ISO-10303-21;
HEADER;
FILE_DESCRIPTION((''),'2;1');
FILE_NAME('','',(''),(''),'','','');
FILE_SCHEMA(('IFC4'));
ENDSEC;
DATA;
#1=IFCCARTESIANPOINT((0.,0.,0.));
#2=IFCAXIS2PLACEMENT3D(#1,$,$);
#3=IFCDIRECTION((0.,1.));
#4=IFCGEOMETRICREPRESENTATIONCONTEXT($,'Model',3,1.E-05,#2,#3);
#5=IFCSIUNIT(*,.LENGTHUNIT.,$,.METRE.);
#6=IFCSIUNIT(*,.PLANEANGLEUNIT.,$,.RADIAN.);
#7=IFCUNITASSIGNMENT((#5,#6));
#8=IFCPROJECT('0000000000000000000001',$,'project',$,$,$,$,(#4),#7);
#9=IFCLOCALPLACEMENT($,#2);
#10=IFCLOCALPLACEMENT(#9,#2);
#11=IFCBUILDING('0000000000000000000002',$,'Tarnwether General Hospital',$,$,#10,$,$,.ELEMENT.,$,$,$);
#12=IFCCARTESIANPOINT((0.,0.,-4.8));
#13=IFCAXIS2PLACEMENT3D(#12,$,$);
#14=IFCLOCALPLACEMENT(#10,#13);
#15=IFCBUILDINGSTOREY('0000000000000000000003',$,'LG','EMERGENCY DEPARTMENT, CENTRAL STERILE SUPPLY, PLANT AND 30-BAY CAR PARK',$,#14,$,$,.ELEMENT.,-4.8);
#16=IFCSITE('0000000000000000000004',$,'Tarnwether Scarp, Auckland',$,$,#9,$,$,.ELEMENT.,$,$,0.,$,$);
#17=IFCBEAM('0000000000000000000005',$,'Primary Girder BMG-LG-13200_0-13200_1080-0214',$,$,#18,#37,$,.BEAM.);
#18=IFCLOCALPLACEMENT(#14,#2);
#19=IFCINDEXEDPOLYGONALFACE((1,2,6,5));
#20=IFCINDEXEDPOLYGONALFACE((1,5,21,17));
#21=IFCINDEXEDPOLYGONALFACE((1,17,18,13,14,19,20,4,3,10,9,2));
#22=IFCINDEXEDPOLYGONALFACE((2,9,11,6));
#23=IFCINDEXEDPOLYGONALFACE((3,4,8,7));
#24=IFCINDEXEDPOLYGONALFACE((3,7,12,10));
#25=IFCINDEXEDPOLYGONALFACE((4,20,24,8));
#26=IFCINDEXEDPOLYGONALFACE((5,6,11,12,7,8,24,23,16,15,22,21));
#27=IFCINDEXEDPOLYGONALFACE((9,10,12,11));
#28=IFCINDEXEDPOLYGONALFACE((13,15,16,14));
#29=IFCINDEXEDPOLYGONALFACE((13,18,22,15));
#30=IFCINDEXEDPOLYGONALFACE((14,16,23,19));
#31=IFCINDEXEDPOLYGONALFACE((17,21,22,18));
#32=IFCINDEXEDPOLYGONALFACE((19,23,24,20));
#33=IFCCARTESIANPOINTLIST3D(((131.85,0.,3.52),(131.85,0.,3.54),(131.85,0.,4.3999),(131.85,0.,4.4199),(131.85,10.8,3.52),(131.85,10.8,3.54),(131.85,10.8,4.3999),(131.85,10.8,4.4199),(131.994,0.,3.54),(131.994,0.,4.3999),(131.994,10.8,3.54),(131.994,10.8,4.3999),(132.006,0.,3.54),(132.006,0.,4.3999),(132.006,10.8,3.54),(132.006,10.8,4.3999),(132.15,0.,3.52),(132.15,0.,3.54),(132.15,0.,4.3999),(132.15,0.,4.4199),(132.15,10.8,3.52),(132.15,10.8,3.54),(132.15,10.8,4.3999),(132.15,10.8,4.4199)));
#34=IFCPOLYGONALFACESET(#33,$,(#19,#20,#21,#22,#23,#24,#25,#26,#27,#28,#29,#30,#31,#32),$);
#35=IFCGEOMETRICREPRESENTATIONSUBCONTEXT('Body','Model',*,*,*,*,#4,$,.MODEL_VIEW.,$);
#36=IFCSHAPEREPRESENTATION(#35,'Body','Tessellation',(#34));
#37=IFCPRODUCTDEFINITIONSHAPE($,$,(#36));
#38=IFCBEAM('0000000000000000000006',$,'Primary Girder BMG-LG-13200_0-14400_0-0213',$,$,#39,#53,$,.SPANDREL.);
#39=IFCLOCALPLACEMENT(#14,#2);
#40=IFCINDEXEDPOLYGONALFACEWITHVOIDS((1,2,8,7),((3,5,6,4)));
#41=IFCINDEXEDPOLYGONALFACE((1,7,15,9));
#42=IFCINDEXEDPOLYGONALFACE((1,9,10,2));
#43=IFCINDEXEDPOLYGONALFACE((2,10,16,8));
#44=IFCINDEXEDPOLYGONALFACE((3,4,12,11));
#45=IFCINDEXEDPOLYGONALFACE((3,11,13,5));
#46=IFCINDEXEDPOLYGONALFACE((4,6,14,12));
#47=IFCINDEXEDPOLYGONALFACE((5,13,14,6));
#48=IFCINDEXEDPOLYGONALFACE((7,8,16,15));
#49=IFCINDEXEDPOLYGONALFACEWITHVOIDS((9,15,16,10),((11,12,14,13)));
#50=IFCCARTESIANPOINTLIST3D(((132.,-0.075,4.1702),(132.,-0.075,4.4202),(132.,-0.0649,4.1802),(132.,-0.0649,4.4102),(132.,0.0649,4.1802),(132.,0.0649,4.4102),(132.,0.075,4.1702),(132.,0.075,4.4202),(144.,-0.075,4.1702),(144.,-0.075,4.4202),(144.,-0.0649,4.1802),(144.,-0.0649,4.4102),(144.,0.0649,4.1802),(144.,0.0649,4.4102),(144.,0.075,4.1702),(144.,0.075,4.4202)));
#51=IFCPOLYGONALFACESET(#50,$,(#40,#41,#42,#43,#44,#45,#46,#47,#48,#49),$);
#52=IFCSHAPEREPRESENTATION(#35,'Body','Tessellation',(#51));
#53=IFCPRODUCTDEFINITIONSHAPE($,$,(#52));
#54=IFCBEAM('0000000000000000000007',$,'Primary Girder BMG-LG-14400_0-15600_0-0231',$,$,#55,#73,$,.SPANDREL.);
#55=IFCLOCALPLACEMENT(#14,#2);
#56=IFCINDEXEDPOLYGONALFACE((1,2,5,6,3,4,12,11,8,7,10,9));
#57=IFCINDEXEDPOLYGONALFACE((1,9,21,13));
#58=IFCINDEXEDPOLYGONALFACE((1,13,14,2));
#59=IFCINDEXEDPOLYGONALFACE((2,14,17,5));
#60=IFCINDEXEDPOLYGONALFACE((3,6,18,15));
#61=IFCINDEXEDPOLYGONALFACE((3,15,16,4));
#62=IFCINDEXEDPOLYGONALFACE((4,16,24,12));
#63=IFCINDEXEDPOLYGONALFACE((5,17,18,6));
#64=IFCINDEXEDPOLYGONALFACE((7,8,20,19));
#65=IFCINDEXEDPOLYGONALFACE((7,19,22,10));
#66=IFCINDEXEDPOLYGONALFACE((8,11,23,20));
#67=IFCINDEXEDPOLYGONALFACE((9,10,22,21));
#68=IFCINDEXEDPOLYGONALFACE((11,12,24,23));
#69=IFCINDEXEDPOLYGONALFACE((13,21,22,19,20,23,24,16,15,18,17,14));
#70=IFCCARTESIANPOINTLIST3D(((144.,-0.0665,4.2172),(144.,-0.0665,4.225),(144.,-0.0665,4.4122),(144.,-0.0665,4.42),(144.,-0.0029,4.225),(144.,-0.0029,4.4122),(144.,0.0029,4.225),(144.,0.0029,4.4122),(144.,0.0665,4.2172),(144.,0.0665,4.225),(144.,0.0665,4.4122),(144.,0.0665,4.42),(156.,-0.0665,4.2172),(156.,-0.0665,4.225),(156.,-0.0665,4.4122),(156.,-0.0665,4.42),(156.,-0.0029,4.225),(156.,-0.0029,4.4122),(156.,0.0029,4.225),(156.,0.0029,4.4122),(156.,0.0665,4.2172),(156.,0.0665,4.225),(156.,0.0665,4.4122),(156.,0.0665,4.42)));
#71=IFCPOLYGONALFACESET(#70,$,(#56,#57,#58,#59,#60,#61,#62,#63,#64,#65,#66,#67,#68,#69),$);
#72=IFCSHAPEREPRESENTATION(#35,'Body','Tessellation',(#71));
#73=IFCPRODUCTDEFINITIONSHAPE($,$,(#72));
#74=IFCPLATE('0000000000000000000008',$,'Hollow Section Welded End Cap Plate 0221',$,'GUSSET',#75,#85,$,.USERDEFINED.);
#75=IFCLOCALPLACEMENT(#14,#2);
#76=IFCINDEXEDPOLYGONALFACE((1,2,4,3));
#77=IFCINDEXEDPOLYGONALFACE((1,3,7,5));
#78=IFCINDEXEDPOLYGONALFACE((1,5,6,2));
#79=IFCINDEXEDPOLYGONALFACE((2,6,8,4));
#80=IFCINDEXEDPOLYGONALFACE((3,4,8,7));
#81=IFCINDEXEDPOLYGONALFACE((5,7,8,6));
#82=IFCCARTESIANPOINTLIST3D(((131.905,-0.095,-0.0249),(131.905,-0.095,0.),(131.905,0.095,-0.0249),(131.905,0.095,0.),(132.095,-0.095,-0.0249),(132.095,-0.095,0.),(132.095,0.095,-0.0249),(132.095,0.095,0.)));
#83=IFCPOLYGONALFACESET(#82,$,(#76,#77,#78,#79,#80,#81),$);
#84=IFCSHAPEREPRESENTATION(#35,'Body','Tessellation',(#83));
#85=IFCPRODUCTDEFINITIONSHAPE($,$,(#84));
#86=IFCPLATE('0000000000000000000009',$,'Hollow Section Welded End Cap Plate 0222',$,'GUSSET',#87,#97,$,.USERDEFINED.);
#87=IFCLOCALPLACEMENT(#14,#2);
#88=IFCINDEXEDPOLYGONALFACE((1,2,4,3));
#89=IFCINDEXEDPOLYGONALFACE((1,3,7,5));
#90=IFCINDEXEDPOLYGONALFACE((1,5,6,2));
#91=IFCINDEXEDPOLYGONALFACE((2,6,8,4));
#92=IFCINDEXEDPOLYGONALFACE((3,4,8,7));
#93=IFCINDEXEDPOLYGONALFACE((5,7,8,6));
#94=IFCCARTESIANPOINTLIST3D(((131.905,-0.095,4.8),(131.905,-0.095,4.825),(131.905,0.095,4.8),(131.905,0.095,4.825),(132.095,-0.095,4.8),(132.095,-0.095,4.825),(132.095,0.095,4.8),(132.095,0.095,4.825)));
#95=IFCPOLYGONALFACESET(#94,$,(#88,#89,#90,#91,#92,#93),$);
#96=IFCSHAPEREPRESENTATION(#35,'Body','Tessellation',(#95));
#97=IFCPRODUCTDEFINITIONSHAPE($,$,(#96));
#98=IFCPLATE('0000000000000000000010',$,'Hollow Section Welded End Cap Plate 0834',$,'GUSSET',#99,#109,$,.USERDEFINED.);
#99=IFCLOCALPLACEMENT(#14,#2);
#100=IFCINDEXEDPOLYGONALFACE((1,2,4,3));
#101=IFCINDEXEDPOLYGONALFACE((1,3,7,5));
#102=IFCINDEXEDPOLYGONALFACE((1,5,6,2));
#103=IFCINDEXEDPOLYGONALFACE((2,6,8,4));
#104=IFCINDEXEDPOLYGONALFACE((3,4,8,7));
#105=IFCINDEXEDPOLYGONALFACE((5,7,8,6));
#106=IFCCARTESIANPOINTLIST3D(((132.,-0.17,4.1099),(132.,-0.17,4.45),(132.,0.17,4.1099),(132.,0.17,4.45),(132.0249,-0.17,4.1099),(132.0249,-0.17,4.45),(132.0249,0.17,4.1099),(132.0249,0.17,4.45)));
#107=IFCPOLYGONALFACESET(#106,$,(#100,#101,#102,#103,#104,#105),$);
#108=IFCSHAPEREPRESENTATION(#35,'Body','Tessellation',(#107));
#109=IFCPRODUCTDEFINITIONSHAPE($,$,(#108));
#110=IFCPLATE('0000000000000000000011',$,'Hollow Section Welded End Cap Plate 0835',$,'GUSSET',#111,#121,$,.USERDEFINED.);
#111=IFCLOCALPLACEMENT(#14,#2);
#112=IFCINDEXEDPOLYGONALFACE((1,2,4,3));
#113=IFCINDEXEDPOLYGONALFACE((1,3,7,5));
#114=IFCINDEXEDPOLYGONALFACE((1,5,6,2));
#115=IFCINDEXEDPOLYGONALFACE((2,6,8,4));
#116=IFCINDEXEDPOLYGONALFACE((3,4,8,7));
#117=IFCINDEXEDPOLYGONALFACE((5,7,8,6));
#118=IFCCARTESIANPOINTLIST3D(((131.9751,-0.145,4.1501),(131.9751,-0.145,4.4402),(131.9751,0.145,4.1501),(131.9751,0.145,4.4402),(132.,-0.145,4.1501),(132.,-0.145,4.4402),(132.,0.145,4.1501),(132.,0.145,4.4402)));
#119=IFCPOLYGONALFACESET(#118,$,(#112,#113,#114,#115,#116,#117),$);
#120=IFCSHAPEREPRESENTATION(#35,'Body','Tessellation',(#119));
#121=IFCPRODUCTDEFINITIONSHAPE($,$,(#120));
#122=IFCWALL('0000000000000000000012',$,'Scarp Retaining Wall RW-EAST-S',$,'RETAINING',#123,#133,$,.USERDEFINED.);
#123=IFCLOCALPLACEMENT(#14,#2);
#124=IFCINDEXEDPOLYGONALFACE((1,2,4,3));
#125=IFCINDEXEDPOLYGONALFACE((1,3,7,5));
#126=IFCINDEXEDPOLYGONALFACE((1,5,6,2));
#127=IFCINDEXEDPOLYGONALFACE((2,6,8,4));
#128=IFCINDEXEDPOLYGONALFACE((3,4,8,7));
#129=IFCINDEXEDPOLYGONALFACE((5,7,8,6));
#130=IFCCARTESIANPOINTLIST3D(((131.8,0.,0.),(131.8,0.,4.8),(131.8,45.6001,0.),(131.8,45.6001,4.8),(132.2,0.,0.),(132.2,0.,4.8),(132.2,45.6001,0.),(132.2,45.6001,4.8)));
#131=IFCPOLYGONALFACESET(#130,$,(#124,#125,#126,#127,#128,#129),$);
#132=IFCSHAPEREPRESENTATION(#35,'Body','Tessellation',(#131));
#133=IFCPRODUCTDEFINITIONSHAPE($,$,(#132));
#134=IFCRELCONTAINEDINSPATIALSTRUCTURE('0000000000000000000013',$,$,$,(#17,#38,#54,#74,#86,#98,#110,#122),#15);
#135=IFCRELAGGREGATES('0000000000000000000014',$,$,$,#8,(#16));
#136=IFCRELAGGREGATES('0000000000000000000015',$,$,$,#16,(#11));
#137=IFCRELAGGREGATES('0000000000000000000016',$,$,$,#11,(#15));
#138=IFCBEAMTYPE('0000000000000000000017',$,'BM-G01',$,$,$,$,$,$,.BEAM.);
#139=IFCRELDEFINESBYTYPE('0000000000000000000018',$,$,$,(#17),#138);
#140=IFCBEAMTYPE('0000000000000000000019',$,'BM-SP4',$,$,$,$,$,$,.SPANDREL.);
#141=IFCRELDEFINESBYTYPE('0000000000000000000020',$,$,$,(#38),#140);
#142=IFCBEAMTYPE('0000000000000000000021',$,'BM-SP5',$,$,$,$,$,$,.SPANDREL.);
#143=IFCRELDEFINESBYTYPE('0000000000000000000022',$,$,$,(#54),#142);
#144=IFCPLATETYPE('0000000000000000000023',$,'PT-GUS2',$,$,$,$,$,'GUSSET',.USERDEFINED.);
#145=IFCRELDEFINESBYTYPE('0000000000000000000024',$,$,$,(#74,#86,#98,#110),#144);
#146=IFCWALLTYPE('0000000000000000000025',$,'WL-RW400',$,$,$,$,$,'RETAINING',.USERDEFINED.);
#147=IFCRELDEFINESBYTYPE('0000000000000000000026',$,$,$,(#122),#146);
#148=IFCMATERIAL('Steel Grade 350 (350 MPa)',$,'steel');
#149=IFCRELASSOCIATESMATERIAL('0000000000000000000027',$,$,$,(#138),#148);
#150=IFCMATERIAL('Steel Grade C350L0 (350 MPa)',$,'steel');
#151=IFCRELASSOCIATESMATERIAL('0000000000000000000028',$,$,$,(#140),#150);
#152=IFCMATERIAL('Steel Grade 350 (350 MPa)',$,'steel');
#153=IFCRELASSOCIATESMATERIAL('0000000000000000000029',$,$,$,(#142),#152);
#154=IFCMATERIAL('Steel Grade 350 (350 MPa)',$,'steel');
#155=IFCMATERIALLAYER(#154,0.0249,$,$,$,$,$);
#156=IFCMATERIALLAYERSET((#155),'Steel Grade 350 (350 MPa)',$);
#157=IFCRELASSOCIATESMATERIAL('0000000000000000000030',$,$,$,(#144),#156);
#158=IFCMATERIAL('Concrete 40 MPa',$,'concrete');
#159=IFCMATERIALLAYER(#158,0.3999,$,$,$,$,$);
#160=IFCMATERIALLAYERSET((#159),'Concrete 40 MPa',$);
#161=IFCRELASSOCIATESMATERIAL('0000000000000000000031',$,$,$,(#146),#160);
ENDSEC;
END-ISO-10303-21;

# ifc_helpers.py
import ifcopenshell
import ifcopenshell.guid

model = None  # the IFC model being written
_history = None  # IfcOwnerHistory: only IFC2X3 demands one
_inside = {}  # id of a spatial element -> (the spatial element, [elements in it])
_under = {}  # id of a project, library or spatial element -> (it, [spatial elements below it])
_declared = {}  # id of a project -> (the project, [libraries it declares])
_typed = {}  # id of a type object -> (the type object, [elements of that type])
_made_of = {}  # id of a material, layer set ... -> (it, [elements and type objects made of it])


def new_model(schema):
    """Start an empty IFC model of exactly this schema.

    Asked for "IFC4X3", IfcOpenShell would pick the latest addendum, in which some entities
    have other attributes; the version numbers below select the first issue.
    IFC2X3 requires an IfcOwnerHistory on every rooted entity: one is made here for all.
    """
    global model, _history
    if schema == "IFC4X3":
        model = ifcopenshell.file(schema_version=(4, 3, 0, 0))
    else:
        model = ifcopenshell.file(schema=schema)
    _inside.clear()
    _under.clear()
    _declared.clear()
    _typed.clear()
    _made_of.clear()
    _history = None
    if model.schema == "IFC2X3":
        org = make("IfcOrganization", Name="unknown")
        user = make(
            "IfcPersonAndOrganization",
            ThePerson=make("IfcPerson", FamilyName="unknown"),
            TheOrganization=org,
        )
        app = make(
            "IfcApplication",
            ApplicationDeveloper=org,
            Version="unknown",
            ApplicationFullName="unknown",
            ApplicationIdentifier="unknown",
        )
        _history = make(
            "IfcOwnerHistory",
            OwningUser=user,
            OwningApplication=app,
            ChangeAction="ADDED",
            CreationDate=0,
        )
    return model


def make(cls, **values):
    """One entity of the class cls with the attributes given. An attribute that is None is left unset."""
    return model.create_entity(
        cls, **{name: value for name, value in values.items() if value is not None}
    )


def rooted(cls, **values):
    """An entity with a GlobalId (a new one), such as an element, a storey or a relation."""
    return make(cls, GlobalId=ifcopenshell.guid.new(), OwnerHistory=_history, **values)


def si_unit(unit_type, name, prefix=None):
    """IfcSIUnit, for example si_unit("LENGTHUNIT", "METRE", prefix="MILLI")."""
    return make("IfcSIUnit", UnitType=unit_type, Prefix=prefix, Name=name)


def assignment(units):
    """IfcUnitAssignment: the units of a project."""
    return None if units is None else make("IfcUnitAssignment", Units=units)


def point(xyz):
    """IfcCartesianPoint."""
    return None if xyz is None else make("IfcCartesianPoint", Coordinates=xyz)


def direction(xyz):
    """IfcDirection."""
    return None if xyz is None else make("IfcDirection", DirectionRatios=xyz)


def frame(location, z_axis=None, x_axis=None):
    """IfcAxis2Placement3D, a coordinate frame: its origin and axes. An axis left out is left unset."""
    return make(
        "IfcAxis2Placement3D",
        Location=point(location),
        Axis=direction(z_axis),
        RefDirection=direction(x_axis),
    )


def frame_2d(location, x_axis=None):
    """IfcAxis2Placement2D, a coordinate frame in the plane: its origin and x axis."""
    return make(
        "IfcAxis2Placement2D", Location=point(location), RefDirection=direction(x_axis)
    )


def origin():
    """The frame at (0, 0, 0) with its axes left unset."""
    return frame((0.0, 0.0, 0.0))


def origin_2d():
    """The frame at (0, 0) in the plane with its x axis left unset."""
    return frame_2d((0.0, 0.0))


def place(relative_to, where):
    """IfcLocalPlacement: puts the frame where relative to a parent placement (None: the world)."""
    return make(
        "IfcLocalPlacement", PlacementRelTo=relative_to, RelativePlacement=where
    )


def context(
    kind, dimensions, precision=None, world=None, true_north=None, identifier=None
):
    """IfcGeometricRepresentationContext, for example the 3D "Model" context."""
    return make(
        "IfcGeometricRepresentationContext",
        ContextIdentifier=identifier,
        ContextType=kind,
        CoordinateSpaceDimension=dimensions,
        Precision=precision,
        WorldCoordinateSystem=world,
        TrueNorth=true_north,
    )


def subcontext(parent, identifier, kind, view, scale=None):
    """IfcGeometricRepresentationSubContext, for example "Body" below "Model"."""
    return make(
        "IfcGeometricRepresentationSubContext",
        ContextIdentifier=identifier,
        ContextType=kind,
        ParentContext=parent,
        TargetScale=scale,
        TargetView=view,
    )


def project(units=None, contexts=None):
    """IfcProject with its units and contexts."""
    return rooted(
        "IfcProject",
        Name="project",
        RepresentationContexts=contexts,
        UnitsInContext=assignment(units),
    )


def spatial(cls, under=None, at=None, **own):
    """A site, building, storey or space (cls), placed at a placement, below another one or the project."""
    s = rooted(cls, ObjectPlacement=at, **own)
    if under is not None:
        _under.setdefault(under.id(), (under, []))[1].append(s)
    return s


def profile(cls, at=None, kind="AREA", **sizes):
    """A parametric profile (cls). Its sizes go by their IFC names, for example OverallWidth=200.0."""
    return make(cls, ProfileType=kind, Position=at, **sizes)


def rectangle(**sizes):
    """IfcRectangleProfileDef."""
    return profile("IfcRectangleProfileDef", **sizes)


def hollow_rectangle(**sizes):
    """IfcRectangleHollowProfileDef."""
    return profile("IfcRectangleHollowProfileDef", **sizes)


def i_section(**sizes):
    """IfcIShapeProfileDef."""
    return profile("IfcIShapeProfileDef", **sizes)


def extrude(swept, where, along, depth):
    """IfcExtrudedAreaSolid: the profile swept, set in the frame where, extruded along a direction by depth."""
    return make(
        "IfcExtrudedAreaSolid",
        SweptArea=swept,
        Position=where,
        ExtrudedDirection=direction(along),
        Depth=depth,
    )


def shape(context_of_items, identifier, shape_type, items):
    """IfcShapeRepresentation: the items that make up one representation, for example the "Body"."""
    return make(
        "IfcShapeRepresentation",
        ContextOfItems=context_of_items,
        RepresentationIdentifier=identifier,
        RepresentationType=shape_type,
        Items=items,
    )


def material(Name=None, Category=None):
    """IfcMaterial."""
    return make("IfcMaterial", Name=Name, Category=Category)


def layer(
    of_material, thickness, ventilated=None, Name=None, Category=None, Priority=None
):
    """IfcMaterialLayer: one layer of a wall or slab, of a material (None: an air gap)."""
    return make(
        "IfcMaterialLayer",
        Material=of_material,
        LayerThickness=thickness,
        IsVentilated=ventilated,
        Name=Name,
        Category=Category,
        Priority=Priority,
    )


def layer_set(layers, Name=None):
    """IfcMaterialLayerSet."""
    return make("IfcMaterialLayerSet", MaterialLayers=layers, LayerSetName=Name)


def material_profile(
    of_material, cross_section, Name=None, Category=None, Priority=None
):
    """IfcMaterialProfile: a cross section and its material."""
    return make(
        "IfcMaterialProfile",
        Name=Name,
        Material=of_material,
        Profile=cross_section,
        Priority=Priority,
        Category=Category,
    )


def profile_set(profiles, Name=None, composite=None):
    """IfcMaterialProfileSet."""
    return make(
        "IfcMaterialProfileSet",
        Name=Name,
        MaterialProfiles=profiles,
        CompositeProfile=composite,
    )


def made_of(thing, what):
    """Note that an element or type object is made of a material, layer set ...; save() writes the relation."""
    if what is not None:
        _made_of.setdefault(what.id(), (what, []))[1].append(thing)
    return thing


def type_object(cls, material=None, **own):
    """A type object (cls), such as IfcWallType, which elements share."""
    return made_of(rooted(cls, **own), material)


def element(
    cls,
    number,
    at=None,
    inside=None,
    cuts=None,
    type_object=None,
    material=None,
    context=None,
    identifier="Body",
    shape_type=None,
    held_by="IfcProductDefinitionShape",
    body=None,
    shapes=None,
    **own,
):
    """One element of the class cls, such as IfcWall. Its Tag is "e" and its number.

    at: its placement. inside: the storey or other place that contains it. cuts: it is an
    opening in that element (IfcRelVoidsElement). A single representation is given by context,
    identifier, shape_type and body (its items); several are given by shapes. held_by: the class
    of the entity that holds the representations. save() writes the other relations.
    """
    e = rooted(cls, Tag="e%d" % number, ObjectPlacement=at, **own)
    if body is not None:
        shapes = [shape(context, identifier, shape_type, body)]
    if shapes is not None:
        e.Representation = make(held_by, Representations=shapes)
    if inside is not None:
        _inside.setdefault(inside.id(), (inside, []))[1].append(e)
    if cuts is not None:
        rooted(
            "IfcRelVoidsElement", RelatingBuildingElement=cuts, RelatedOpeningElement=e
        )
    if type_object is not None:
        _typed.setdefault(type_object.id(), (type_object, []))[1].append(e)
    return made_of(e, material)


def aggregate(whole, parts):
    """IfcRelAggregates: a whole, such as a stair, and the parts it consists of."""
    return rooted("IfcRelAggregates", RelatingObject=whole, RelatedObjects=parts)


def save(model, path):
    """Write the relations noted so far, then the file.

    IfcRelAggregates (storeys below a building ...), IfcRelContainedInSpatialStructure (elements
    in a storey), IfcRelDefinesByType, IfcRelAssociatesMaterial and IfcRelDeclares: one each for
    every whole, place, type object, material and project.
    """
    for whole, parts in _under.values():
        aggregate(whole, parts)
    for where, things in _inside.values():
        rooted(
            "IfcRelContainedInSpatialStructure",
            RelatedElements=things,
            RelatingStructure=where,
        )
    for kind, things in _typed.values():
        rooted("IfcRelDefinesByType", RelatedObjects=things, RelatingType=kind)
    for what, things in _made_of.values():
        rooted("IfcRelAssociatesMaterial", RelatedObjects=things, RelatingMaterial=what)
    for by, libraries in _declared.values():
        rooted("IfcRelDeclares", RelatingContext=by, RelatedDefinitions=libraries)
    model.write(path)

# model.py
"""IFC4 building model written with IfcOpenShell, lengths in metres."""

from ifc_helpers import new_model, si_unit, direction, frame, frame_2d, origin, origin_2d, place, context, subcontext, project, spatial, rectangle, hollow_rectangle, i_section, extrude, material, layer, layer_set, material_profile, profile_set, type_object, element, save


model = new_model("IFC4")

# Units and contexts
model_context = context("Model", 3, precision=1e-05, world=origin(), true_north=direction((0.0, 1.0)))
body_context = subcontext(model_context, "Body", "Model", "MODEL_VIEW")
ifc_project = project(units=[si_unit("LENGTHUNIT", "METRE"), si_unit("PLANEANGLEUNIT", "RADIAN")], contexts=[model_context])

# Site, building, storey
site_placement = place(None, origin())
site = spatial("IfcSite", under=ifc_project, at=site_placement, Name="Tarnwether Scarp, Auckland", CompositionType="ELEMENT", RefElevation=0.0)
building_placement = place(site_placement, origin())
building = spatial("IfcBuilding", under=site, at=building_placement, Name="Tarnwether General Hospital", CompositionType="ELEMENT")
storey_placement = place(building_placement, frame((0.0, 0.0, -4.8)))
storey = spatial("IfcBuildingStorey", under=building, at=storey_placement, Name="LG", Description="EMERGENCY DEPARTMENT, CENTRAL STERILE SUPPLY, PLANT AND 30-BAY CAR PARK", CompositionType="ELEMENT", Elevation=-4.8)

# Beams
ifc_material_1 = material(Name="Steel Grade 350 (350 MPa)", Category="steel")
ifc_material_profile_1 = material_profile(ifc_material_1, i_section(OverallWidth=0.3, OverallDepth=0.8999, WebThickness=0.012, FlangeThickness=0.02, at=origin_2d()), Name="900WB175")
ifc_profile_set_1 = profile_set([ifc_material_profile_1], Name="Steel Grade 350 (350 MPa)")
beam_type_1 = type_object("IfcBeamType", Name="BM-G01", PredefinedType="BEAM", material=ifc_profile_set_1)
beam_1_placement = place(storey_placement, frame((132.0, 0.0, 3.97), z_axis=(0.0, 1.0, 0.0), x_axis=(-1.0, 0.0, 0.0)))
element("IfcBeam", 1, at=beam_1_placement, inside=storey, type_object=beam_type_1, Name="Primary Girder BMG-LG-13200_0-13200_1080-0214", PredefinedType="BEAM", context=body_context, shape_type="SweptSolid", body=[
    extrude(i_section(OverallWidth=0.3, OverallDepth=0.8999, WebThickness=0.012, FlangeThickness=0.02, at=origin_2d()), origin(), (0.0, 0.0, 1.0), 10.8),
])
ifc_material_2 = material(Name="Steel Grade C350L0 (350 MPa)", Category="steel")
ifc_material_profile_2 = material_profile(ifc_material_2, hollow_rectangle(XDim=0.1499, YDim=0.25, WallThickness=0.01, at=origin_2d()), Name="RHS250x150x10")
ifc_profile_set_2 = profile_set([ifc_material_profile_2], Name="Steel Grade C350L0 (350 MPa)")
beam_type_2 = type_object("IfcBeamType", Name="BM-SP4", PredefinedType="SPANDREL", material=ifc_profile_set_2)
beam_2_placement = place(storey_placement, frame((132.0, 0.0, 4.2952), z_axis=(1.0, 0.0, 0.0), x_axis=(0.0, 1.0, 0.0)))
element("IfcBeam", 2, at=beam_2_placement, inside=storey, type_object=beam_type_2, Name="Primary Girder BMG-LG-13200_0-14400_0-0213", PredefinedType="SPANDREL", context=body_context, shape_type="SweptSolid", body=[
    extrude(hollow_rectangle(XDim=0.1499, YDim=0.25, WallThickness=0.01, at=origin_2d()), origin(), (0.0, 0.0, 1.0), 12.0),
])
ifc_material_3 = material(Name="Steel Grade 350 (350 MPa)", Category="steel")
ifc_material_profile_3 = material_profile(ifc_material_3, i_section(OverallWidth=0.1331, OverallDepth=0.2029, WebThickness=0.0059, FlangeThickness=0.0078, at=origin_2d()), Name="200UB25.4")
ifc_profile_set_3 = profile_set([ifc_material_profile_3], Name="Steel Grade 350 (350 MPa)")
beam_type_3 = type_object("IfcBeamType", Name="BM-SP5", PredefinedType="SPANDREL", material=ifc_profile_set_3)
beam_3_placement = place(storey_placement, frame((144.0, 0.0, 4.3186), z_axis=(1.0, 0.0, 0.0), x_axis=(0.0, 1.0, 0.0)))
element("IfcBeam", 3, at=beam_3_placement, inside=storey, type_object=beam_type_3, Name="Primary Girder BMG-LG-14400_0-15600_0-0231", PredefinedType="SPANDREL", context=body_context, shape_type="SweptSolid", body=[
    extrude(i_section(OverallWidth=0.1331, OverallDepth=0.2029, WebThickness=0.0059, FlangeThickness=0.0078, at=origin_2d()), origin(), (0.0, 0.0, 1.0), 12.0),
])

# Plates
ifc_material_4 = material(Name="Steel Grade 350 (350 MPa)", Category="steel")
ifc_layer_1 = layer(ifc_material_4, 0.0249)
ifc_layer_set_1 = layer_set([ifc_layer_1], Name="Steel Grade 350 (350 MPa)")
plate_type = type_object("IfcPlateType", Name="PT-GUS2", ElementType="GUSSET", PredefinedType="USERDEFINED", material=ifc_layer_set_1)
for number, where, z_axis, x_axis, name in (
    (4, (132.0, 0.0, -0.0249), (0.0, 0.0, 1.0), (1.0, 0.0, 0.0), "Hollow Section Welded End Cap Plate 0221"),
    (5, (132.0, 0.0, 4.8), (0.0, 0.0, 1.0), (1.0, 0.0, 0.0), "Hollow Section Welded End Cap Plate 0222"),
):
    element("IfcPlate", number, at=place(storey_placement, frame(where, z_axis=z_axis, x_axis=x_axis)), inside=storey, type_object=plate_type, Name=name, ObjectType="GUSSET", PredefinedType="USERDEFINED", context=body_context, shape_type="SweptSolid", body=[
        extrude(rectangle(XDim=0.1899, YDim=0.1899, at=origin_2d()), origin(), (0.0, 0.0, 1.0), 0.0249),
    ])
plate_1_placement = place(storey_placement, frame((132.0125, 0.0, 4.1099), z_axis=(0.0, 0.0, 1.0), x_axis=(1.0, 0.0, 0.0)))
element("IfcPlate", 6, at=plate_1_placement, inside=storey, type_object=plate_type, Name="Hollow Section Welded End Cap Plate 0834", ObjectType="GUSSET", PredefinedType="USERDEFINED", context=body_context, shape_type="SweptSolid", body=[
    extrude(rectangle(XDim=0.0249, YDim=0.3401, at=origin_2d()), origin(), (0.0, 0.0, 1.0), 0.3401),
])
plate_2_placement = place(storey_placement, frame((131.9875, 0.0, 4.1501), z_axis=(0.0, 0.0, 1.0), x_axis=(1.0, 0.0, 0.0)))
element("IfcPlate", 7, at=plate_2_placement, inside=storey, type_object=plate_type, Name="Hollow Section Welded End Cap Plate 0835", ObjectType="GUSSET", PredefinedType="USERDEFINED", context=body_context, shape_type="SweptSolid", body=[
    extrude(rectangle(XDim=0.0249, YDim=0.29, at=origin_2d()), origin(), (0.0, 0.0, 1.0), 0.29),
])

# Wall
ifc_material_5 = material(Name="Concrete 40 MPa", Category="concrete")
ifc_layer_2 = layer(ifc_material_5, 0.3999)
ifc_layer_set_2 = layer_set([ifc_layer_2], Name="Concrete 40 MPa")
wall_type = type_object("IfcWallType", Name="WL-RW400", ElementType="RETAINING", PredefinedType="USERDEFINED", material=ifc_layer_set_2)
wall_placement = place(storey_placement, frame((132.0, 0.0, 0.0), z_axis=(0.0, 0.0, 1.0), x_axis=(0.0, 1.0, 0.0)))
element("IfcWall", 8, at=wall_placement, inside=storey, type_object=wall_type, Name="Scarp Retaining Wall RW-EAST-S", ObjectType="RETAINING", PredefinedType="USERDEFINED", context=body_context, shape_type="SweptSolid", body=[
    extrude(rectangle(XDim=45.6001, YDim=0.3999, at=frame_2d((22.8, 0.0))), origin(), (0.0, 0.0, 1.0), 4.8),
])

save(model, "model.ifc")
